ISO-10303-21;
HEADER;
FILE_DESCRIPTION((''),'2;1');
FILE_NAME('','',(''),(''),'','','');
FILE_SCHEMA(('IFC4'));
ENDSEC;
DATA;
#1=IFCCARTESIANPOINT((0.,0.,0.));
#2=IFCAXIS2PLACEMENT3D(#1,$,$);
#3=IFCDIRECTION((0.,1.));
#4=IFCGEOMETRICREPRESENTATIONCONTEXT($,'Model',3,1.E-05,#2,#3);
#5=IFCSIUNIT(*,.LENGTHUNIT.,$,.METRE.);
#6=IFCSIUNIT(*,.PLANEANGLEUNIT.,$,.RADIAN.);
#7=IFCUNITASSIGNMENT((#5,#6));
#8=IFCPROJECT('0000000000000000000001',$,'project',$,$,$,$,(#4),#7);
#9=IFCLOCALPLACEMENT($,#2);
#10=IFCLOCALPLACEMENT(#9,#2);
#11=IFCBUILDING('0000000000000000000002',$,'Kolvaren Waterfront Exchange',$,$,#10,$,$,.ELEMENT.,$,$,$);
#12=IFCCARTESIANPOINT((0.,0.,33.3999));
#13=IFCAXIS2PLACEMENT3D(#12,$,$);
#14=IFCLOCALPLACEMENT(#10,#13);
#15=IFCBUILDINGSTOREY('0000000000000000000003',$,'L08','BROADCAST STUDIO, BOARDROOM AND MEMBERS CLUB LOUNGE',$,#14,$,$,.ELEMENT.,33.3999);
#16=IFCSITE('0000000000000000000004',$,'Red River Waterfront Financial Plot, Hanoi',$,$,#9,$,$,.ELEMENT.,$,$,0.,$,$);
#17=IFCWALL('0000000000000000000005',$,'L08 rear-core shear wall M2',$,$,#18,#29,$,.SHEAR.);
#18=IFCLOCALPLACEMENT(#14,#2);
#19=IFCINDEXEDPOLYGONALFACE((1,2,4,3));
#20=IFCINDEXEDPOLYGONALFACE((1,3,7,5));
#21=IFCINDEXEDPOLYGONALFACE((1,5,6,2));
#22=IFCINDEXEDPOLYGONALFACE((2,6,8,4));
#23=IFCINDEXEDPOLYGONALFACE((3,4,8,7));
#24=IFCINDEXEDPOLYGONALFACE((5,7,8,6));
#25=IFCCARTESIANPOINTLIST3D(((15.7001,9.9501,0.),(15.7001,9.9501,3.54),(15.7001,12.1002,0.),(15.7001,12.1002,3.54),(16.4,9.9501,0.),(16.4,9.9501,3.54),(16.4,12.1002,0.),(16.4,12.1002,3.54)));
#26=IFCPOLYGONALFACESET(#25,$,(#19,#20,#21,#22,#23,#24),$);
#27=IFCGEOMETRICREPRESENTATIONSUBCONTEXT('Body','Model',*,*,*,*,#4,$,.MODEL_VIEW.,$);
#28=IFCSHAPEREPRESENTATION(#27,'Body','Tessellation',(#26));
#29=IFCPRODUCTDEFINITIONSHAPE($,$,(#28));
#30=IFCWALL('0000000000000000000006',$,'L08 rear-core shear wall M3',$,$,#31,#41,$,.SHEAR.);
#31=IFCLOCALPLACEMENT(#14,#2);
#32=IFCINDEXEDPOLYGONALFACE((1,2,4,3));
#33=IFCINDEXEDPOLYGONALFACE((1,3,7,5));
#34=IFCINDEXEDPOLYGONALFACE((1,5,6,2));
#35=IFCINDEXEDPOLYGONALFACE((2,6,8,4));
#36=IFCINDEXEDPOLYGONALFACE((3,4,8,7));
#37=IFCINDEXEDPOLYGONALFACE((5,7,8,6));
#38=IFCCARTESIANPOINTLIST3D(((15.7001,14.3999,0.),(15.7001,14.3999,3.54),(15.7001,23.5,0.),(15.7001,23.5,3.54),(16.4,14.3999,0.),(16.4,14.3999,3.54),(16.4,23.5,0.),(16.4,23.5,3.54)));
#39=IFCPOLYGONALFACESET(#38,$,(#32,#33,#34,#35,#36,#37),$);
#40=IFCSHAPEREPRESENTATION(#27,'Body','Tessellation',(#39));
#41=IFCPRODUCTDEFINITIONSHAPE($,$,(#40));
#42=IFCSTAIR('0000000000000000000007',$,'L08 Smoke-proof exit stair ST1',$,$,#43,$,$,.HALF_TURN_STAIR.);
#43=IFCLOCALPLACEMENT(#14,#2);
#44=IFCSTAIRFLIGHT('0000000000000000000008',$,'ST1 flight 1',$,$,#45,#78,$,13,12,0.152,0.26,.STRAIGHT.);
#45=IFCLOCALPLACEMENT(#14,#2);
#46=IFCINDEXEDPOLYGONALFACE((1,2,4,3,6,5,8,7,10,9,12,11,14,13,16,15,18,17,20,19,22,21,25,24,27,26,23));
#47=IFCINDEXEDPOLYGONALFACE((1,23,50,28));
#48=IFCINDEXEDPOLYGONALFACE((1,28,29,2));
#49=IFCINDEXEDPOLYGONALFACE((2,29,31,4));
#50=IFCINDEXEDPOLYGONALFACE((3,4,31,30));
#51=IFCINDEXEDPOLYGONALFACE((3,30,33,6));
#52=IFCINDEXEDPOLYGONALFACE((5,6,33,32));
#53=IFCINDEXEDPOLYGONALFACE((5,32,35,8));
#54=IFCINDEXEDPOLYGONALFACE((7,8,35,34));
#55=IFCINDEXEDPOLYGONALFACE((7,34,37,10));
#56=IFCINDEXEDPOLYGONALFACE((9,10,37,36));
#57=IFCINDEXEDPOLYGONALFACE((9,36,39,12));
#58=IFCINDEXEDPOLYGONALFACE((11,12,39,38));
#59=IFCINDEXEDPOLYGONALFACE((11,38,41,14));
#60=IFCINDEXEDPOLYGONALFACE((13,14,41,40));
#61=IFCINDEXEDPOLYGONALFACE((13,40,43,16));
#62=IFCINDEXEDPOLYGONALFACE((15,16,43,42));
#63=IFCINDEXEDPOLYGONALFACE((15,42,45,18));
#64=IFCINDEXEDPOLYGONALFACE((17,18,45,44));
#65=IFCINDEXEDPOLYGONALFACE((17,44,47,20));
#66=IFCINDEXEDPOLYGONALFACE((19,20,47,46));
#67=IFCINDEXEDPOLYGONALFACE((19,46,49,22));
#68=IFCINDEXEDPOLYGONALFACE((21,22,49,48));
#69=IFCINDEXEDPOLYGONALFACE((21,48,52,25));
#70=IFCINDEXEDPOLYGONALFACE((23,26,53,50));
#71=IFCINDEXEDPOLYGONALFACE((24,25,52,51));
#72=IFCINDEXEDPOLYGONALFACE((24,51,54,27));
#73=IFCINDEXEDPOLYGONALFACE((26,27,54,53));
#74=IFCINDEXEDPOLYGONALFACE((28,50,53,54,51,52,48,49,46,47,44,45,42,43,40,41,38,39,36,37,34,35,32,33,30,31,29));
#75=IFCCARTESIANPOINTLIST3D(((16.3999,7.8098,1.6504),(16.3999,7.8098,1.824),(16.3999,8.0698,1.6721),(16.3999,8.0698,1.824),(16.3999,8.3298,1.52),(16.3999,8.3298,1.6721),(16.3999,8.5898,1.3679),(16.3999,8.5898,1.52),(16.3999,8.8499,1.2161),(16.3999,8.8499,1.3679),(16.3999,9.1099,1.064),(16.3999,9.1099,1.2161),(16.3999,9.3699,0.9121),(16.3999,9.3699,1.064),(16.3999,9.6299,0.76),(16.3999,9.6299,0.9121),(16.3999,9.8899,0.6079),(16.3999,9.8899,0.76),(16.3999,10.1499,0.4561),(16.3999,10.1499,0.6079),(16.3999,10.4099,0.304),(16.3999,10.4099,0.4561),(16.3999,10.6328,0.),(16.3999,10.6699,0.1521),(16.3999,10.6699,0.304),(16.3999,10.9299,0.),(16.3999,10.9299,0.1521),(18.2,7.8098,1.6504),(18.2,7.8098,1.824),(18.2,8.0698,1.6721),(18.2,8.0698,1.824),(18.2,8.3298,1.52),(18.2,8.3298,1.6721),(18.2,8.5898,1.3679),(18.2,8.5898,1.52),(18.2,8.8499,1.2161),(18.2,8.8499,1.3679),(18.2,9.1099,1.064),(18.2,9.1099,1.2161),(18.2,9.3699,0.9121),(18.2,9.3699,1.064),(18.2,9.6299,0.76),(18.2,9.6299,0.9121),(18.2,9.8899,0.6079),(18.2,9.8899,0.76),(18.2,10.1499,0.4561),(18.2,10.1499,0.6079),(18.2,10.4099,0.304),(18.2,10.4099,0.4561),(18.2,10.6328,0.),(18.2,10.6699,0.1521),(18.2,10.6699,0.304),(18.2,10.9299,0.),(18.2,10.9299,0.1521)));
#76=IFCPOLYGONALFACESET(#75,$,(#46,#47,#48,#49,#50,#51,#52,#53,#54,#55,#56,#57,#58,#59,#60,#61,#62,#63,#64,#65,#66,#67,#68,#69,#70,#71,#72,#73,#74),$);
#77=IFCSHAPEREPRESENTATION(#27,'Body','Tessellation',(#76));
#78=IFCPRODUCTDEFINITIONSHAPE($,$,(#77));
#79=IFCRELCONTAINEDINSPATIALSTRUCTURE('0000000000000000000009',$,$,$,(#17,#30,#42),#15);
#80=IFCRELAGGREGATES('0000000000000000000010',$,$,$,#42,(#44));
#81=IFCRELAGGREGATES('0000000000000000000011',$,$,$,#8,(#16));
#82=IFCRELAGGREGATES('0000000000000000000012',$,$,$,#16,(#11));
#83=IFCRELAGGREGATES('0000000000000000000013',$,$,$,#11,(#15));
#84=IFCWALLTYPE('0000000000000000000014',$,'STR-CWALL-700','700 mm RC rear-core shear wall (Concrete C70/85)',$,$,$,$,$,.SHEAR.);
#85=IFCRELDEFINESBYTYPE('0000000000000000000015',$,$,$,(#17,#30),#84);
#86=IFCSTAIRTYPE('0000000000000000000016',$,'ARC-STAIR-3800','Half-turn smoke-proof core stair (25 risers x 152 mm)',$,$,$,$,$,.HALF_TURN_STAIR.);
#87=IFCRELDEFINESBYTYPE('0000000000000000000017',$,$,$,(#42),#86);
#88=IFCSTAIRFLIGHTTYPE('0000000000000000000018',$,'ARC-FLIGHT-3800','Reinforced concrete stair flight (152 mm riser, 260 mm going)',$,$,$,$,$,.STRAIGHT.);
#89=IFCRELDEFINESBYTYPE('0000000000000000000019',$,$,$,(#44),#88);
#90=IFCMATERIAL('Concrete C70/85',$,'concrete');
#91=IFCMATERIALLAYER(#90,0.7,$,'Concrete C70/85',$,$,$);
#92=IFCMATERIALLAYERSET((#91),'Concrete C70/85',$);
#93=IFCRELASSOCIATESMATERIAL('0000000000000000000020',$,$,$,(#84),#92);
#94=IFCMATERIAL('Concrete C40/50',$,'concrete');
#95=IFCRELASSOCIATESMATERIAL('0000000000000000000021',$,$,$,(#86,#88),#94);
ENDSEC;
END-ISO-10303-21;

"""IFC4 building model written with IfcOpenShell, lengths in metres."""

from ifc_helpers import new_model, si_unit, direction, frame, frame_2d, origin, place, context, subcontext, project, spatial, polyline, rectangle, outline, extrude, material, layer, layer_set, type_object, element, aggregate, save


model = new_model("IFC4")

# Units and contexts
model_context = context("Model", 3, precision=1e-05, world=origin(), true_north=direction((0.0, 1.0)))
body_context = subcontext(model_context, "Body", "Model", "MODEL_VIEW")
ifc_project = project(units=[si_unit("LENGTHUNIT", "METRE"), si_unit("PLANEANGLEUNIT", "RADIAN")], contexts=[model_context])

# Site, building, storey
site_placement = place(None, origin())
site = spatial("IfcSite", under=ifc_project, at=site_placement, Name="Red River Waterfront Financial Plot, Hanoi", CompositionType="ELEMENT", RefElevation=0.0)
building_placement = place(site_placement, origin())
building = spatial("IfcBuilding", under=site, at=building_placement, Name="Kolvaren Waterfront Exchange", CompositionType="ELEMENT")
storey_placement = place(building_placement, frame((0.0, 0.0, 33.3999)))
storey = spatial("IfcBuildingStorey", under=building, at=storey_placement, Name="L08", Description="BROADCAST STUDIO, BOARDROOM AND MEMBERS CLUB LOUNGE", CompositionType="ELEMENT", Elevation=33.3999)

# Walls
ifc_material_1 = material(Name="Concrete C40/50", Category="concrete")
ifc_material_2 = material(Name="Concrete C70/85", Category="concrete")
ifc_layer_1 = layer(ifc_material_2, 0.7, Name="Concrete C70/85")
ifc_layer_set_1 = layer_set([ifc_layer_1], Name="Concrete C70/85")
wall_type_1 = type_object("IfcWallType", Name="STR-CWALL-700", Description="700 mm RC rear-core shear wall (Concrete C70/85)", PredefinedType="SHEAR", material=ifc_layer_set_1)
wall_1_placement = place(storey_placement, frame((16.05, 9.95, 0.0), z_axis=(0.0, 0.0, 1.0), x_axis=(0.0, 1.0, 0.0)))
element("IfcWall", 1, at=wall_1_placement, inside=storey, type_object=wall_type_1, Name="L08 rear-core shear wall M2", PredefinedType="SHEAR", context=body_context, shape_type="SweptSolid", body=[
    extrude(rectangle(XDim=2.1501, YDim=0.7, at=frame_2d((1.0752, 0.0))), origin(), (0.0, 0.0, 1.0), 3.54),
])
wall_2_placement = place(storey_placement, frame((16.05, 14.3999, 0.0), z_axis=(0.0, 0.0, 1.0), x_axis=(0.0, 1.0, 0.0)))
element("IfcWall", 2, at=wall_2_placement, inside=storey, type_object=wall_type_1, Name="L08 rear-core shear wall M3", PredefinedType="SHEAR", context=body_context, shape_type="SweptSolid", body=[
    extrude(rectangle(XDim=9.1001, YDim=0.7, at=frame_2d((4.55, 0.0))), origin(), (0.0, 0.0, 1.0), 3.54),
])

# Stair, stair flight
stair_type = type_object("IfcStairType", Name="ARC-STAIR-3800", Description="Half-turn smoke-proof core stair (25 risers x 152 mm)", PredefinedType="HALF_TURN_STAIR", material=ifc_material_1)
stair_placement = place(storey_placement, origin())
stair = element("IfcStair", 3, at=stair_placement, inside=storey, type_object=stair_type, Name="L08 Smoke-proof exit stair ST1", PredefinedType="HALF_TURN_STAIR")
stair_flight_type = type_object("IfcStairFlightType", Name="ARC-FLIGHT-3800", Description="Reinforced concrete stair flight (152 mm riser, 260 mm going)", PredefinedType="STRAIGHT", material=ifc_material_1)
stair_flight_placement = place(storey_placement, frame((17.3, 10.9299, 0.0), z_axis=(0.0, 0.0, 1.0), x_axis=(0.0, -1.0, 0.0)))
stair_flight = element("IfcStairFlight", 4, at=stair_flight_placement, type_object=stair_flight_type, Name="ST1 flight 1", NumberOfRisers=13, NumberOfTreads=12, PredefinedType="STRAIGHT", RiserHeight=0.152, TreadLength=0.26, context=body_context, shape_type="SweptSolid", body=[
    extrude(outline(polyline([(0.0, 0.0), (0.0, 0.1521), (0.26, 0.1521), (0.26, 0.304), (0.52, 0.304), (0.52, 0.4561), (0.78, 0.4561), (0.78, 0.6079), (1.04, 0.6079), (1.04, 0.76), (1.3, 0.76), (1.3, 0.9121), (1.5601, 0.9121), (1.5601, 1.064), (1.8201, 1.064), (1.8201, 1.2161), (2.0801, 1.2161), (2.0801, 1.3679), (2.3401, 1.3679), (2.3401, 1.52), (2.6001, 1.52), (2.6001, 1.6721), (2.8601, 1.6721), (2.8601, 1.824), (3.1201, 1.824), (3.1201, 1.9761), (3.1201, 1.6504), (0.2971, 0.0), (0.0, 0.0)])), frame((0.0, 0.8999, 0.0), z_axis=(0.0, -1.0, 0.0), x_axis=(1.0, 0.0, 0.0)), (0.0, 0.0, 1.0), 1.8),
])
aggregate(stair, [stair_flight])

save(model, "model.ifc")
